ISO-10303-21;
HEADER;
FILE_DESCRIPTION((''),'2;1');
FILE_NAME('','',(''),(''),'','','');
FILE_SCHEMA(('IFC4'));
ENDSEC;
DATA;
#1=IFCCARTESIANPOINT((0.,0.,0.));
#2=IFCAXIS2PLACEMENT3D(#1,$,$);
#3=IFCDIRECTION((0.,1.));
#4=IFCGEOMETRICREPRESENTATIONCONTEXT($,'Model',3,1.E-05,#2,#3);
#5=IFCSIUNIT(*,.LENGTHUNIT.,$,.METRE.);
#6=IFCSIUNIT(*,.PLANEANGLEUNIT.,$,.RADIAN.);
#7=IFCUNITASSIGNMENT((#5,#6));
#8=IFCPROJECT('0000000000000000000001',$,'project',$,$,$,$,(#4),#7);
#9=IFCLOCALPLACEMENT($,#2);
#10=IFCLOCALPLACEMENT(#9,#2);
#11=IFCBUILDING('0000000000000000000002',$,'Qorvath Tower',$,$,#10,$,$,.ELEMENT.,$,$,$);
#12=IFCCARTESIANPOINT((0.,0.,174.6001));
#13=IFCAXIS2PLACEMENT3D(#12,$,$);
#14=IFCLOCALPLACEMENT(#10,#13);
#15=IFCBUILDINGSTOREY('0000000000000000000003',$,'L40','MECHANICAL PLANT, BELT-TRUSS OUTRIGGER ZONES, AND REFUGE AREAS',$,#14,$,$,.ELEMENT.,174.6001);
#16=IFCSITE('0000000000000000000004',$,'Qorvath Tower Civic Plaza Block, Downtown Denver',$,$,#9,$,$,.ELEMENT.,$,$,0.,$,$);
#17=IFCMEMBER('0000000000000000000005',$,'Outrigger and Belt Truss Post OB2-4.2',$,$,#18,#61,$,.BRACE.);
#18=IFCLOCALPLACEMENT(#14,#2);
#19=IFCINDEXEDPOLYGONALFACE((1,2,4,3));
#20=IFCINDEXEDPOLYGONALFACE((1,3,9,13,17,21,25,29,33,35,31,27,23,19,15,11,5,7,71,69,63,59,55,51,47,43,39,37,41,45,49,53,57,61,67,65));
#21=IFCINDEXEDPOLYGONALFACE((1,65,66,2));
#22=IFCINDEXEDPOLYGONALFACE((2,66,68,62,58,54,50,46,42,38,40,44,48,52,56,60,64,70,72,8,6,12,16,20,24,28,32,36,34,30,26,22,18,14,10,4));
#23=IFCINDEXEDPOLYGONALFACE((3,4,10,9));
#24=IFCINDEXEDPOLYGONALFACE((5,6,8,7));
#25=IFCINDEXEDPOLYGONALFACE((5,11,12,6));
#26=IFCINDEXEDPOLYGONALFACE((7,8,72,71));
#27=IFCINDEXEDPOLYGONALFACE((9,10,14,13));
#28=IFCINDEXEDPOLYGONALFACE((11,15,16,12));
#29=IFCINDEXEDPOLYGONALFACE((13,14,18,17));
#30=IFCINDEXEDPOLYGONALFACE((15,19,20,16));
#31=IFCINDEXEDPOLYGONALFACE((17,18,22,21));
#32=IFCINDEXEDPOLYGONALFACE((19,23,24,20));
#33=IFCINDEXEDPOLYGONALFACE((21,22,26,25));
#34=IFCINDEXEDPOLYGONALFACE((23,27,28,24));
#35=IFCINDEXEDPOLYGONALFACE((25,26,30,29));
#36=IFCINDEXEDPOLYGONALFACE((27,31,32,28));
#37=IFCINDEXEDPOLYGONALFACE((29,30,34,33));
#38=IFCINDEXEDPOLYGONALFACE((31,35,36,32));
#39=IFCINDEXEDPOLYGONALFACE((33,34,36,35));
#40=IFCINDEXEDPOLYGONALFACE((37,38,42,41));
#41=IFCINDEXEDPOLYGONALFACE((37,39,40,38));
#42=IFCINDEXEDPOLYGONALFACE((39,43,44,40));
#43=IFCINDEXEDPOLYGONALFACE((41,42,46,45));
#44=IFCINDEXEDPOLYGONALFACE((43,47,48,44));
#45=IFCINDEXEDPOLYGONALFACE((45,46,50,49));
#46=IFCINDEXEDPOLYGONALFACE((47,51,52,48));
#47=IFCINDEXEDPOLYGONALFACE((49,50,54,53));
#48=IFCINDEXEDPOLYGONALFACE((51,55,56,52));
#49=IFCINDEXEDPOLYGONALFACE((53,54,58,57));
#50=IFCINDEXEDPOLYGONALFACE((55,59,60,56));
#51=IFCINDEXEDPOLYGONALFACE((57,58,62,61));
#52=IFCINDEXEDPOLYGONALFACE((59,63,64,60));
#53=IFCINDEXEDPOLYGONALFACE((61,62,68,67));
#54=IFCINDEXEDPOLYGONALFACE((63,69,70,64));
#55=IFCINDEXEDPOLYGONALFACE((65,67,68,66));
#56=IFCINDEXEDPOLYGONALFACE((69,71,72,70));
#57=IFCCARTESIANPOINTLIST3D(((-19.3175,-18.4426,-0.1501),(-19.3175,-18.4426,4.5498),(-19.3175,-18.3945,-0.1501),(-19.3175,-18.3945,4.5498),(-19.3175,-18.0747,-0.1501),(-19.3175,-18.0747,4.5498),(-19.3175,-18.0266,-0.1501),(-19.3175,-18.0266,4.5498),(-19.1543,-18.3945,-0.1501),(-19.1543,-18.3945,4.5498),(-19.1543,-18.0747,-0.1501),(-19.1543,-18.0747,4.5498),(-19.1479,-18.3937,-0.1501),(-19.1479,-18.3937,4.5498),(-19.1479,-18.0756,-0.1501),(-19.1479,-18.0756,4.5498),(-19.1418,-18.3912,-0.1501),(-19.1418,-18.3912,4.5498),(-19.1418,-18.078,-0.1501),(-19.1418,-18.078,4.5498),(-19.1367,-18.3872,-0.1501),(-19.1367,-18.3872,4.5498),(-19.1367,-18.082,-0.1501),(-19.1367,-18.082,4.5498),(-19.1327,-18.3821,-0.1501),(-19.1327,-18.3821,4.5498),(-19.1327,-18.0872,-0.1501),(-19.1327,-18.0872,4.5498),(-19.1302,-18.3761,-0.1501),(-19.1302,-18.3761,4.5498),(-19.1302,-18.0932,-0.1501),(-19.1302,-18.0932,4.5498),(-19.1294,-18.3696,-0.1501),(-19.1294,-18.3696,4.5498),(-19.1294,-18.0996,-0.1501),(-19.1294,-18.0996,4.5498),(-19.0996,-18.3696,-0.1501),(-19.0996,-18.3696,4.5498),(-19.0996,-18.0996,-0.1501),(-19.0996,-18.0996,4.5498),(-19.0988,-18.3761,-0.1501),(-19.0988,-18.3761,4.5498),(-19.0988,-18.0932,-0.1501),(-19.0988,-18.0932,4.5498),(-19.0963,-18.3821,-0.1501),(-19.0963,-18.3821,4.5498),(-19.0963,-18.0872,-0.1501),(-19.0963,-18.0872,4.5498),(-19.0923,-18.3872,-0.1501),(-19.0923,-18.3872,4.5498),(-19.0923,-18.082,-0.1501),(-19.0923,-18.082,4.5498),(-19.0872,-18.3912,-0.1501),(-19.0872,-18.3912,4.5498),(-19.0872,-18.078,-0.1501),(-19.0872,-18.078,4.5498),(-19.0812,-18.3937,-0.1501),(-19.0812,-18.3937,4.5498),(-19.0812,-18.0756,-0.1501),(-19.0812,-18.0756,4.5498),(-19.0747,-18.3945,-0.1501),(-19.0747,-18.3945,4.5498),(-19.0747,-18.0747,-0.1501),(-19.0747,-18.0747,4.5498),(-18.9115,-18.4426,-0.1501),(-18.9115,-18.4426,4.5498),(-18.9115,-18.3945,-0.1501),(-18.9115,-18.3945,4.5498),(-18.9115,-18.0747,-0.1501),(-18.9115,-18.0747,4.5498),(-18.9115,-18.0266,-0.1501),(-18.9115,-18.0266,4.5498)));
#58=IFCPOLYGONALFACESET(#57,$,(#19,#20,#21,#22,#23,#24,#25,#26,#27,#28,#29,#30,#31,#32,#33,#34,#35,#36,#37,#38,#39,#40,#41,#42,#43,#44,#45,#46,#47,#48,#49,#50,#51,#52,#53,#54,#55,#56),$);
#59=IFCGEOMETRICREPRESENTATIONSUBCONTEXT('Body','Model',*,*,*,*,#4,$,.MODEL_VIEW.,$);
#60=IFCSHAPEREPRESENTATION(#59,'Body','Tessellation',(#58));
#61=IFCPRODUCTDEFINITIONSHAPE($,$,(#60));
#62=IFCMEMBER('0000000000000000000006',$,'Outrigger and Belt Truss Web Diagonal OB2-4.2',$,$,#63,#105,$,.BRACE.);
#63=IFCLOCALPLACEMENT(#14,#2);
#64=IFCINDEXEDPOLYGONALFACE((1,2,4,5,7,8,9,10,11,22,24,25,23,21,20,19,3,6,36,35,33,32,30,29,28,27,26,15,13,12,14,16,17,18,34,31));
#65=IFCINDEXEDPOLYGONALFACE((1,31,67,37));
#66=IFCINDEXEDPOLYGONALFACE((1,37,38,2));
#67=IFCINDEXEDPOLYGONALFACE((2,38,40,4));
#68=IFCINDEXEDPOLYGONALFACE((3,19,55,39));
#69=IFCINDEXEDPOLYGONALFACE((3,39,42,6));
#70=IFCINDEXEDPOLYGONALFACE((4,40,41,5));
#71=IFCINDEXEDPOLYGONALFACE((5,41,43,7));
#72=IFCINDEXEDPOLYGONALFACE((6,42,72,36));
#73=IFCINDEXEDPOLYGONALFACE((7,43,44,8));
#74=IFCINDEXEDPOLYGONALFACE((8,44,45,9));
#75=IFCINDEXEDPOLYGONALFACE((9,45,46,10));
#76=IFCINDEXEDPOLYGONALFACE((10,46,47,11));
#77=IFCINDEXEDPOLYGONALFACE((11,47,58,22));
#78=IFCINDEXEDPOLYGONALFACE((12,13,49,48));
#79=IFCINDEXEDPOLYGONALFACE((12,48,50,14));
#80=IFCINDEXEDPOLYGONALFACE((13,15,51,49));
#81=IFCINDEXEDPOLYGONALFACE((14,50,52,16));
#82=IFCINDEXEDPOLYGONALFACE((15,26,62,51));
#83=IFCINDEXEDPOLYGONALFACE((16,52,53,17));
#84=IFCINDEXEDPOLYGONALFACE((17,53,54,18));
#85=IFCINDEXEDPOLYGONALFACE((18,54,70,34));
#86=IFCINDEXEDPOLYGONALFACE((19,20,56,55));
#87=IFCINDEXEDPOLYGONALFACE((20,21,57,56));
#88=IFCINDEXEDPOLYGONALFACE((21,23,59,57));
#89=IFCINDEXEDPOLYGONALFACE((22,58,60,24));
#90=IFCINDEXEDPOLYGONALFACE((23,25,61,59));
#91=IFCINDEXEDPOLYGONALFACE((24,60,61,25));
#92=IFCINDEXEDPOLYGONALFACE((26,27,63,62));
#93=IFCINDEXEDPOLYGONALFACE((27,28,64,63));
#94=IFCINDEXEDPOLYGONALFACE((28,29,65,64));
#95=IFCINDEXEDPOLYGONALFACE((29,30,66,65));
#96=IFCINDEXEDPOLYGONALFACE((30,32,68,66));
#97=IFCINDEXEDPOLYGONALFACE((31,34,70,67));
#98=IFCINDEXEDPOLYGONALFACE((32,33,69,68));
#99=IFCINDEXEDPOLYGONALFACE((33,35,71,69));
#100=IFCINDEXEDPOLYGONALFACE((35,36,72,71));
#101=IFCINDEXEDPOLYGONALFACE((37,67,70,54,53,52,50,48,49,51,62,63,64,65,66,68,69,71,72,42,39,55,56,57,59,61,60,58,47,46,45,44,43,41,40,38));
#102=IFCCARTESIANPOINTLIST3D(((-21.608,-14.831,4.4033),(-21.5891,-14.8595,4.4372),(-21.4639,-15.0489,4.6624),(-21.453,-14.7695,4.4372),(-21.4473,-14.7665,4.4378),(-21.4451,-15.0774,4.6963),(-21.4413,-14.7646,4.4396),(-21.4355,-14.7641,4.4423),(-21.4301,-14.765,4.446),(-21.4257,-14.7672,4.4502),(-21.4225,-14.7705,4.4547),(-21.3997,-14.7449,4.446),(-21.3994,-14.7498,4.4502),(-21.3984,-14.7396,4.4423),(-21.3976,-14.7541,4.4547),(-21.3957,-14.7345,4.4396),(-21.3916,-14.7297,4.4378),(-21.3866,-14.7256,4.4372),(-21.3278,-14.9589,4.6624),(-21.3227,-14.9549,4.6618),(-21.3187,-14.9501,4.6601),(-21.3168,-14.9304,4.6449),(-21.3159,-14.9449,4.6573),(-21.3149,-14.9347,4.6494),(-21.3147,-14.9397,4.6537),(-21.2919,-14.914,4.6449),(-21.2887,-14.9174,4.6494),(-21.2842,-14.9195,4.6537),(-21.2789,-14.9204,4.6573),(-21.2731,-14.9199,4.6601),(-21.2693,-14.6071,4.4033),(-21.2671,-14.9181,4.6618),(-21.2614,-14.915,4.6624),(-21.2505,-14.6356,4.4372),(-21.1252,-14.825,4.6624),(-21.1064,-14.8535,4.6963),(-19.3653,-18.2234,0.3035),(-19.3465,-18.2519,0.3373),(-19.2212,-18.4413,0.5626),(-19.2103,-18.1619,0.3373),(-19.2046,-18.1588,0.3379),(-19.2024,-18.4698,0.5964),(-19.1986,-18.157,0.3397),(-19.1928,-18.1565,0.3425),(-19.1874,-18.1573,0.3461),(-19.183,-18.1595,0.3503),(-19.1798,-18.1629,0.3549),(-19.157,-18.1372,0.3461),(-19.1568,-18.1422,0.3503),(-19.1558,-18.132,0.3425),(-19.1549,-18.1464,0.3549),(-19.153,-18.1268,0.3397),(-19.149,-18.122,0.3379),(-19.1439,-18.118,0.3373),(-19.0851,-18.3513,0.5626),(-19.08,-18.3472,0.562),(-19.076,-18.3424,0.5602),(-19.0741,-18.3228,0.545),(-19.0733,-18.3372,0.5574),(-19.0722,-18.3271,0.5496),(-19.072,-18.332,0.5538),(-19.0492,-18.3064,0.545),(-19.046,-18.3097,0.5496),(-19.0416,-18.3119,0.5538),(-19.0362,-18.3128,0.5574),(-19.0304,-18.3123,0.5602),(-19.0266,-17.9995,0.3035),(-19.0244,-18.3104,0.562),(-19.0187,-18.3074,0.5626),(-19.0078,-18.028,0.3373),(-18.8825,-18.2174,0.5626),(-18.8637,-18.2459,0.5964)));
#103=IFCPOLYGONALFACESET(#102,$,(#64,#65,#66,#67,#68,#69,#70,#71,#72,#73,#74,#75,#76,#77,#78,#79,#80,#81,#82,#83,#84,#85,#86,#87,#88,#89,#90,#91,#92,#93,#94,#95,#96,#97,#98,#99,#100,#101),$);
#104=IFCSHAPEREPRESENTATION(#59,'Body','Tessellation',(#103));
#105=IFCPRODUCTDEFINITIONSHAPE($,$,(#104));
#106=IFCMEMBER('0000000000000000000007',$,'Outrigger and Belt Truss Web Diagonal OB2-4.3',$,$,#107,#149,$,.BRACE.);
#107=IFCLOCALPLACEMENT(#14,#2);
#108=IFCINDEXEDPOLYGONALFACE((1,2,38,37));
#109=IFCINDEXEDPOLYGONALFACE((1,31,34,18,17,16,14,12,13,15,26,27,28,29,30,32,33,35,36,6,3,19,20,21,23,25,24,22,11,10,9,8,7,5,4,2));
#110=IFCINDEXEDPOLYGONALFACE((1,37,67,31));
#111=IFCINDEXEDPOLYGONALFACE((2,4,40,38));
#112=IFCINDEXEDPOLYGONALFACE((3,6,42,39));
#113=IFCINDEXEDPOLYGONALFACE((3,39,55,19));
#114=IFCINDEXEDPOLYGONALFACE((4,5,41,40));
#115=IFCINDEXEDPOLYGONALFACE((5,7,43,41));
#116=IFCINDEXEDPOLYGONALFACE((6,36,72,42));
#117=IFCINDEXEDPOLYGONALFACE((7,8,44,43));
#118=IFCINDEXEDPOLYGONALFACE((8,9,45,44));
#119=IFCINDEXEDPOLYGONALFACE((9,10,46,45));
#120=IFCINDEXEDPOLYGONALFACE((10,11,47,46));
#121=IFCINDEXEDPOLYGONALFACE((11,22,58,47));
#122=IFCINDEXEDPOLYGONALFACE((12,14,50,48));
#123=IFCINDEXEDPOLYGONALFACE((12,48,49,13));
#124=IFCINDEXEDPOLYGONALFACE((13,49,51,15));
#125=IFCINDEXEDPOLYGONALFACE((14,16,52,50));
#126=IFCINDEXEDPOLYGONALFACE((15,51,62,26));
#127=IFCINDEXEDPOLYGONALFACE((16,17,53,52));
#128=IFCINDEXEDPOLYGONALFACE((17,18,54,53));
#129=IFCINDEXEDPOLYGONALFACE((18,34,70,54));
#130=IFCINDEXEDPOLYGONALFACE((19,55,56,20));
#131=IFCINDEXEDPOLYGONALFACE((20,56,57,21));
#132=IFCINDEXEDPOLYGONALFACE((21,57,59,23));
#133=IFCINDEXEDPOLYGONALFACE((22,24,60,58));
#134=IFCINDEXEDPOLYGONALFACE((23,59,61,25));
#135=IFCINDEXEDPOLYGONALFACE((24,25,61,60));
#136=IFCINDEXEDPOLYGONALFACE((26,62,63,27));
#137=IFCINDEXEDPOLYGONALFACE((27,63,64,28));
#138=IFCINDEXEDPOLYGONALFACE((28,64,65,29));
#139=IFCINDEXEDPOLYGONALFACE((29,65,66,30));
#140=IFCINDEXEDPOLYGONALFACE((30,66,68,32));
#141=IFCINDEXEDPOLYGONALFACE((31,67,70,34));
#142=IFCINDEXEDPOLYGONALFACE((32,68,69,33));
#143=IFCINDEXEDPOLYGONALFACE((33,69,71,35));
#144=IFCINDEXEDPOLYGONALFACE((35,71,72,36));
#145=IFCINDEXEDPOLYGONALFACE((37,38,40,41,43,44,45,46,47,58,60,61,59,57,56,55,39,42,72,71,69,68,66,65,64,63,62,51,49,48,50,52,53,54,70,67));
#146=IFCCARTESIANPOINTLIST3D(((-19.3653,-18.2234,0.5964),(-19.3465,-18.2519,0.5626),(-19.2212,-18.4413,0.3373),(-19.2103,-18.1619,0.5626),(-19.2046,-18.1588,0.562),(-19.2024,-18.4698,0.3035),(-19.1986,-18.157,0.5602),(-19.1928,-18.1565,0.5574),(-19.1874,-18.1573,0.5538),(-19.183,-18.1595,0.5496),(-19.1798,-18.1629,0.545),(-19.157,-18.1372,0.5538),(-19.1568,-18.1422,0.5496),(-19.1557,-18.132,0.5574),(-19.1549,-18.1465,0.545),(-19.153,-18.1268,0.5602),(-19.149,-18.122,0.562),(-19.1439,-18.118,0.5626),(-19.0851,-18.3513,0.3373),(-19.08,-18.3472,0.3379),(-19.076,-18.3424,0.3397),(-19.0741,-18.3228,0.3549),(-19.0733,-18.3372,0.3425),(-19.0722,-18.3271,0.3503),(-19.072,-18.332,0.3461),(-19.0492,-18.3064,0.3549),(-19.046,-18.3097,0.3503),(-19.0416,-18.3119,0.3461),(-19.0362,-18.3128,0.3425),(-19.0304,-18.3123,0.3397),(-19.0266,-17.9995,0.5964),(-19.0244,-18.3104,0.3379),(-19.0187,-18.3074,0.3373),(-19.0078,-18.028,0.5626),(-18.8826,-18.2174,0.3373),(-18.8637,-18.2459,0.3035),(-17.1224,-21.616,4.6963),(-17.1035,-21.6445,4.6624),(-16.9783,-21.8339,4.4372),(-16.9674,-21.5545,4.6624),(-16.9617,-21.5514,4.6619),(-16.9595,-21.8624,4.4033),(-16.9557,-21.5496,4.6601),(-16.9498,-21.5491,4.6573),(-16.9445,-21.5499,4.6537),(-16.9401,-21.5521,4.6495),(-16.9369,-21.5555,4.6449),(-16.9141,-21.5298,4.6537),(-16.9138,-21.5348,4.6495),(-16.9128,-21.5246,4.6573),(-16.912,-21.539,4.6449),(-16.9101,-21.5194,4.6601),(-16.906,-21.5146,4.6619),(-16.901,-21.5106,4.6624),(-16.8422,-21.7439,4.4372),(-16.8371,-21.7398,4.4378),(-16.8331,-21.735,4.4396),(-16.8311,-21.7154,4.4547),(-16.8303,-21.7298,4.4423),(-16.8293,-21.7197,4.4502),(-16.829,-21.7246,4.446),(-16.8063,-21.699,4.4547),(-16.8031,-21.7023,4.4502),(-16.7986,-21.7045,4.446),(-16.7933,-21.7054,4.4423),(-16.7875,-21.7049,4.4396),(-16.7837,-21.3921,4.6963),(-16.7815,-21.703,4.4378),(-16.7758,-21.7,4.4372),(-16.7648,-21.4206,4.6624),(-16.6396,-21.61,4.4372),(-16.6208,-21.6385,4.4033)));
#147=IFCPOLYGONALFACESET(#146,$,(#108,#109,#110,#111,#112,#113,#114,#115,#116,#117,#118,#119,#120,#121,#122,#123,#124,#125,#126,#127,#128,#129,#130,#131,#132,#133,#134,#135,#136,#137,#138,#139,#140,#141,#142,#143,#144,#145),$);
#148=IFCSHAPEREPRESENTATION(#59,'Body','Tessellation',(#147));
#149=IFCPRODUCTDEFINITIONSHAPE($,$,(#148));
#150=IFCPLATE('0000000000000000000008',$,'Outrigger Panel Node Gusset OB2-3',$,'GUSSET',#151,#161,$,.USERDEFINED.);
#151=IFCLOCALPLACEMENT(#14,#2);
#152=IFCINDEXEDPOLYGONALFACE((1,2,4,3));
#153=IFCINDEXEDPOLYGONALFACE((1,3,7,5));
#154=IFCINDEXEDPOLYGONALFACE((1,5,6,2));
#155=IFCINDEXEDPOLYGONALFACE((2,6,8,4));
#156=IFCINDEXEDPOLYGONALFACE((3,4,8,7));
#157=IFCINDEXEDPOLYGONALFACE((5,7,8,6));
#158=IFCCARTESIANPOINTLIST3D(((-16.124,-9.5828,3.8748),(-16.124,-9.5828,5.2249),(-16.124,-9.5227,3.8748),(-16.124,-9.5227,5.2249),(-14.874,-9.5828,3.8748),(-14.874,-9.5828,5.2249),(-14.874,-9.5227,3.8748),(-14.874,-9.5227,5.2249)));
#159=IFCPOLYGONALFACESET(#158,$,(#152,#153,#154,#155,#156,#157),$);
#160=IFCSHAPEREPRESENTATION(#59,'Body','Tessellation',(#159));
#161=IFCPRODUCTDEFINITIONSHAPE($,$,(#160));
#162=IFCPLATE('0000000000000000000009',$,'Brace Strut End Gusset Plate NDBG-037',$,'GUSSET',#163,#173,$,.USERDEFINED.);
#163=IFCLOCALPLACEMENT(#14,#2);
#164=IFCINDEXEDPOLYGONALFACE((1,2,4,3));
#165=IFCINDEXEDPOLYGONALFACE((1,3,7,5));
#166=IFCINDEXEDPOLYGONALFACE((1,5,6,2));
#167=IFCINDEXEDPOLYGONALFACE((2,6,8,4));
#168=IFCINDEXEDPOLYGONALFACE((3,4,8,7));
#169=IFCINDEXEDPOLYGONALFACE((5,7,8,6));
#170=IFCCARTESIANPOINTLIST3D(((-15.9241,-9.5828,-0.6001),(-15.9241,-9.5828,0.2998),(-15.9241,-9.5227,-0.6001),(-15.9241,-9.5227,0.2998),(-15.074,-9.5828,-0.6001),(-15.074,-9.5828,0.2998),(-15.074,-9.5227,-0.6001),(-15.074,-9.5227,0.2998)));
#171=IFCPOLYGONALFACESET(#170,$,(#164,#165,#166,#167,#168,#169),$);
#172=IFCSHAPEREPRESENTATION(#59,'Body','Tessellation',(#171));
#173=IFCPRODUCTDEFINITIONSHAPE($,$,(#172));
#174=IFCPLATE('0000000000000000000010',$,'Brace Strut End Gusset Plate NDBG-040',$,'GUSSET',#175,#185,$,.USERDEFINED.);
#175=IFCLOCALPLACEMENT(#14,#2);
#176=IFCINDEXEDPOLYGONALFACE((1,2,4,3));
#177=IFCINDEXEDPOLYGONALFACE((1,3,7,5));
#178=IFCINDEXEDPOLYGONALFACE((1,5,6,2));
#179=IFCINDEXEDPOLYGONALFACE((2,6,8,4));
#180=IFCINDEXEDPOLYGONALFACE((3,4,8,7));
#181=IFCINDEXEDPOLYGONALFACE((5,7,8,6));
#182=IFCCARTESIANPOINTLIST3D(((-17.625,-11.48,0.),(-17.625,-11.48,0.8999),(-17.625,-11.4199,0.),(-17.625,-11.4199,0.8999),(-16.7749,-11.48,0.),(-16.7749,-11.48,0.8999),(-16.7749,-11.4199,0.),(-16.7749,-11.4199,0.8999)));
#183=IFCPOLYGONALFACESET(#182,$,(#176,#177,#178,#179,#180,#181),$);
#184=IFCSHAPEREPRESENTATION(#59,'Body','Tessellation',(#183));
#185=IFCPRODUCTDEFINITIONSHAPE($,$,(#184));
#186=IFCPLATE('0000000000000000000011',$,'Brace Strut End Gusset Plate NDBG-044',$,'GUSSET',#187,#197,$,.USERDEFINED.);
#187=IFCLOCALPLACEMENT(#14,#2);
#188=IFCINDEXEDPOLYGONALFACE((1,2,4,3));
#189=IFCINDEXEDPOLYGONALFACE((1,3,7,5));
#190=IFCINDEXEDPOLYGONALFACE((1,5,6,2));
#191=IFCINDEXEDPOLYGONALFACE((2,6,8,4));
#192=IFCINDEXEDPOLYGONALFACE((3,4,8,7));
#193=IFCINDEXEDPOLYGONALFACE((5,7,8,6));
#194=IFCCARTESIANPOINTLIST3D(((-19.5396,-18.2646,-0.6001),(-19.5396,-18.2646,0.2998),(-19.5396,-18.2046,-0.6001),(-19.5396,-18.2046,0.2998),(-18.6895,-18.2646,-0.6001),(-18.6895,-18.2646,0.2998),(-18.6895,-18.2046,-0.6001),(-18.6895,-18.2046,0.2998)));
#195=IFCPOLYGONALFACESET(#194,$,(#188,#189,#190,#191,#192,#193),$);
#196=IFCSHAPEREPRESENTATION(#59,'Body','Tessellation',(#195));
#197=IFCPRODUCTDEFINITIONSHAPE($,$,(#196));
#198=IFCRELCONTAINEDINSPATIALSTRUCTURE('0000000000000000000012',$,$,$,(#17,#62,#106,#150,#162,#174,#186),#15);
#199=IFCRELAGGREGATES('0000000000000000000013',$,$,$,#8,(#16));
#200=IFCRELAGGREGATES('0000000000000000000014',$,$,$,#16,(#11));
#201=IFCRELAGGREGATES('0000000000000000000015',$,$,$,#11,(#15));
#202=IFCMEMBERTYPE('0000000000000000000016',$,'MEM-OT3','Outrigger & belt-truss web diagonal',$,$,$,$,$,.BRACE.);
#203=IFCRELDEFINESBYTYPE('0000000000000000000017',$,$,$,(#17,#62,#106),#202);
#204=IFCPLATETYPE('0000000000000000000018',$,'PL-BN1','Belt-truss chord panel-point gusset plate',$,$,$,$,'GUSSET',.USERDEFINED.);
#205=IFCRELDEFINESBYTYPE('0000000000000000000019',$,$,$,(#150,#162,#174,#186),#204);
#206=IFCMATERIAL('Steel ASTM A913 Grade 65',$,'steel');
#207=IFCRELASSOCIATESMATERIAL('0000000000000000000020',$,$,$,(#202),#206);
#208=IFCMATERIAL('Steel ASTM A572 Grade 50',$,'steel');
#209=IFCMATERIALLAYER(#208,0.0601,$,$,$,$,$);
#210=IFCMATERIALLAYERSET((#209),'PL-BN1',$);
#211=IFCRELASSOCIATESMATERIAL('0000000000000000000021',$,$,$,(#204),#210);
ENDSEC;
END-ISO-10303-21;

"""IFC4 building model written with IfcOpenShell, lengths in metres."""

from ifc_helpers import new_model, si_unit, direction, frame, origin, origin_2d, place, context, subcontext, project, spatial, rectangle, i_section, extrude, material, layer, layer_set, material_profile, profile_set, type_object, element, save


model = new_model("IFC4")

# Units and contexts
model_context = context("Model", 3, precision=1e-05, world=origin(), true_north=direction((0.0, 1.0)))
body_context = subcontext(model_context, "Body", "Model", "MODEL_VIEW")
ifc_project = project(units=[si_unit("LENGTHUNIT", "METRE"), si_unit("PLANEANGLEUNIT", "RADIAN")], contexts=[model_context])

# Site, building, storey
site_placement = place(None, origin())
site = spatial("IfcSite", under=ifc_project, at=site_placement, Name="Qorvath Tower Civic Plaza Block, Downtown Denver", CompositionType="ELEMENT", RefElevation=0.0)
building_placement = place(site_placement, origin())
building = spatial("IfcBuilding", under=site, at=building_placement, Name="Qorvath Tower", CompositionType="ELEMENT")
storey_placement = place(building_placement, frame((0.0, 0.0, 174.6001)))
storey = spatial("IfcBuildingStorey", under=building, at=storey_placement, Name="L40", Description="MECHANICAL PLANT, BELT-TRUSS OUTRIGGER ZONES, AND REFUGE AREAS", CompositionType="ELEMENT", Elevation=174.6001)

# Members
ifc_material_1 = material(Name="Steel ASTM A913 Grade 65", Category="steel")
ifc_material_profile_1 = material_profile(ifc_material_1, i_section(OverallWidth=0.406, OverallDepth=0.416, WebThickness=0.0298, FlangeThickness=0.0481, FilletRadius=0.0249, at=origin_2d()), Name="W14x257")
ifc_profile_set_1 = profile_set([ifc_material_profile_1], Name="Steel ASTM A913 Grade 65")
member_type_1 = type_object("IfcMemberType", Name="MEM-OT3", Description="Outrigger & belt-truss web diagonal", PredefinedType="BRACE", material=ifc_profile_set_1)
member_1_placement = place(storey_placement, frame((-19.1145, -18.2346, -0.1501), z_axis=(0.0, 0.0, 1.0), x_axis=(1.0, 0.0, 0.0)))
element("IfcMember", 1, at=member_1_placement, inside=storey, type_object=member_type_1, Name="Outrigger and Belt Truss Post OB2-4.2", PredefinedType="BRACE", context=body_context, shape_type="SweptSolid", body=[
    extrude(i_section(OverallWidth=0.406, OverallDepth=0.416, WebThickness=0.0298, FlangeThickness=0.0481, FilletRadius=0.0249, at=origin_2d()), origin(), (0.0, 0.0, 1.0), 4.7),
])
member_2_placement = place(storey_placement, frame((-19.1145, -18.2346, 0.45), z_axis=(-0.388367, 0.587455, 0.709977), x_axis=(-0.834187, -0.551482, 0.0)))
element("IfcMember", 2, at=member_2_placement, inside=storey, type_object=member_type_1, Name="Outrigger and Belt Truss Web Diagonal OB2-4.2", PredefinedType="BRACE", context=body_context, shape_type="SweptSolid", body=[
    extrude(i_section(OverallWidth=0.406, OverallDepth=0.416, WebThickness=0.0298, FlangeThickness=0.0481, FilletRadius=0.0249, at=origin_2d()), origin(), (0.0, 0.0, 1.0), 5.7747),
])
member_3_placement = place(storey_placement, frame((-19.1145, -18.2346, 0.45), z_axis=(0.388393, -0.587473, 0.709948), x_axis=(0.834178, 0.551496, 0.0)))
element("IfcMember", 3, at=member_3_placement, inside=storey, type_object=member_type_1, Name="Outrigger and Belt Truss Web Diagonal OB2-4.3", PredefinedType="BRACE", context=body_context, shape_type="SweptSolid", body=[
    extrude(i_section(OverallWidth=0.406, OverallDepth=0.416, WebThickness=0.0298, FlangeThickness=0.0481, FilletRadius=0.0249, at=origin_2d()), origin(), (0.0, 0.0, 1.0), 5.7749),
])

# Plates
ifc_material_2 = material(Name="Steel ASTM A572 Grade 50", Category="steel")
ifc_layer_1 = layer(ifc_material_2, 0.0601)
ifc_layer_set_1 = layer_set([ifc_layer_1], Name="PL-BN1")
plate_type_1 = type_object("IfcPlateType", Name="PL-BN1", Description="Belt-truss chord panel-point gusset plate", ElementType="GUSSET", PredefinedType="USERDEFINED", material=ifc_layer_set_1)
plate_1_placement = place(storey_placement, frame((-15.499, -9.5527, 3.8748), z_axis=(0.0, 0.0, 1.0), x_axis=(1.0, 0.0, 0.0)))
element("IfcPlate", 4, at=plate_1_placement, inside=storey, type_object=plate_type_1, Name="Outrigger Panel Node Gusset OB2-3", ObjectType="GUSSET", PredefinedType="USERDEFINED", context=body_context, shape_type="SweptSolid", body=[
    extrude(rectangle(XDim=1.25, YDim=0.0601, at=origin_2d()), origin(), (0.0, 0.0, 1.0), 1.3501),
])
for number, where, z_axis, x_axis, name in (
    (5, (-15.499, -9.5527, -0.6001), (0.0, 0.0, 1.0), (1.0, 0.0, 0.0), "Brace Strut End Gusset Plate NDBG-037"),
    (6, (-17.2, -11.45, 0.0), (0.0, 0.0, 1.0), (1.0, 0.0, 0.0), "Brace Strut End Gusset Plate NDBG-040"),
    (7, (-19.1145, -18.2346, -0.6001), (0.0, 0.0, 1.0), (1.0, 0.0, 0.0), "Brace Strut End Gusset Plate NDBG-044"),
):
    element("IfcPlate", number, at=place(storey_placement, frame(where, z_axis=z_axis, x_axis=x_axis)), inside=storey, type_object=plate_type_1, Name=name, ObjectType="GUSSET", PredefinedType="USERDEFINED", context=body_context, shape_type="SweptSolid", body=[
        extrude(rectangle(XDim=0.8501, YDim=0.0601, at=origin_2d()), origin(), (0.0, 0.0, 1.0), 0.8999),
    ])

save(model, "model.ifc")
